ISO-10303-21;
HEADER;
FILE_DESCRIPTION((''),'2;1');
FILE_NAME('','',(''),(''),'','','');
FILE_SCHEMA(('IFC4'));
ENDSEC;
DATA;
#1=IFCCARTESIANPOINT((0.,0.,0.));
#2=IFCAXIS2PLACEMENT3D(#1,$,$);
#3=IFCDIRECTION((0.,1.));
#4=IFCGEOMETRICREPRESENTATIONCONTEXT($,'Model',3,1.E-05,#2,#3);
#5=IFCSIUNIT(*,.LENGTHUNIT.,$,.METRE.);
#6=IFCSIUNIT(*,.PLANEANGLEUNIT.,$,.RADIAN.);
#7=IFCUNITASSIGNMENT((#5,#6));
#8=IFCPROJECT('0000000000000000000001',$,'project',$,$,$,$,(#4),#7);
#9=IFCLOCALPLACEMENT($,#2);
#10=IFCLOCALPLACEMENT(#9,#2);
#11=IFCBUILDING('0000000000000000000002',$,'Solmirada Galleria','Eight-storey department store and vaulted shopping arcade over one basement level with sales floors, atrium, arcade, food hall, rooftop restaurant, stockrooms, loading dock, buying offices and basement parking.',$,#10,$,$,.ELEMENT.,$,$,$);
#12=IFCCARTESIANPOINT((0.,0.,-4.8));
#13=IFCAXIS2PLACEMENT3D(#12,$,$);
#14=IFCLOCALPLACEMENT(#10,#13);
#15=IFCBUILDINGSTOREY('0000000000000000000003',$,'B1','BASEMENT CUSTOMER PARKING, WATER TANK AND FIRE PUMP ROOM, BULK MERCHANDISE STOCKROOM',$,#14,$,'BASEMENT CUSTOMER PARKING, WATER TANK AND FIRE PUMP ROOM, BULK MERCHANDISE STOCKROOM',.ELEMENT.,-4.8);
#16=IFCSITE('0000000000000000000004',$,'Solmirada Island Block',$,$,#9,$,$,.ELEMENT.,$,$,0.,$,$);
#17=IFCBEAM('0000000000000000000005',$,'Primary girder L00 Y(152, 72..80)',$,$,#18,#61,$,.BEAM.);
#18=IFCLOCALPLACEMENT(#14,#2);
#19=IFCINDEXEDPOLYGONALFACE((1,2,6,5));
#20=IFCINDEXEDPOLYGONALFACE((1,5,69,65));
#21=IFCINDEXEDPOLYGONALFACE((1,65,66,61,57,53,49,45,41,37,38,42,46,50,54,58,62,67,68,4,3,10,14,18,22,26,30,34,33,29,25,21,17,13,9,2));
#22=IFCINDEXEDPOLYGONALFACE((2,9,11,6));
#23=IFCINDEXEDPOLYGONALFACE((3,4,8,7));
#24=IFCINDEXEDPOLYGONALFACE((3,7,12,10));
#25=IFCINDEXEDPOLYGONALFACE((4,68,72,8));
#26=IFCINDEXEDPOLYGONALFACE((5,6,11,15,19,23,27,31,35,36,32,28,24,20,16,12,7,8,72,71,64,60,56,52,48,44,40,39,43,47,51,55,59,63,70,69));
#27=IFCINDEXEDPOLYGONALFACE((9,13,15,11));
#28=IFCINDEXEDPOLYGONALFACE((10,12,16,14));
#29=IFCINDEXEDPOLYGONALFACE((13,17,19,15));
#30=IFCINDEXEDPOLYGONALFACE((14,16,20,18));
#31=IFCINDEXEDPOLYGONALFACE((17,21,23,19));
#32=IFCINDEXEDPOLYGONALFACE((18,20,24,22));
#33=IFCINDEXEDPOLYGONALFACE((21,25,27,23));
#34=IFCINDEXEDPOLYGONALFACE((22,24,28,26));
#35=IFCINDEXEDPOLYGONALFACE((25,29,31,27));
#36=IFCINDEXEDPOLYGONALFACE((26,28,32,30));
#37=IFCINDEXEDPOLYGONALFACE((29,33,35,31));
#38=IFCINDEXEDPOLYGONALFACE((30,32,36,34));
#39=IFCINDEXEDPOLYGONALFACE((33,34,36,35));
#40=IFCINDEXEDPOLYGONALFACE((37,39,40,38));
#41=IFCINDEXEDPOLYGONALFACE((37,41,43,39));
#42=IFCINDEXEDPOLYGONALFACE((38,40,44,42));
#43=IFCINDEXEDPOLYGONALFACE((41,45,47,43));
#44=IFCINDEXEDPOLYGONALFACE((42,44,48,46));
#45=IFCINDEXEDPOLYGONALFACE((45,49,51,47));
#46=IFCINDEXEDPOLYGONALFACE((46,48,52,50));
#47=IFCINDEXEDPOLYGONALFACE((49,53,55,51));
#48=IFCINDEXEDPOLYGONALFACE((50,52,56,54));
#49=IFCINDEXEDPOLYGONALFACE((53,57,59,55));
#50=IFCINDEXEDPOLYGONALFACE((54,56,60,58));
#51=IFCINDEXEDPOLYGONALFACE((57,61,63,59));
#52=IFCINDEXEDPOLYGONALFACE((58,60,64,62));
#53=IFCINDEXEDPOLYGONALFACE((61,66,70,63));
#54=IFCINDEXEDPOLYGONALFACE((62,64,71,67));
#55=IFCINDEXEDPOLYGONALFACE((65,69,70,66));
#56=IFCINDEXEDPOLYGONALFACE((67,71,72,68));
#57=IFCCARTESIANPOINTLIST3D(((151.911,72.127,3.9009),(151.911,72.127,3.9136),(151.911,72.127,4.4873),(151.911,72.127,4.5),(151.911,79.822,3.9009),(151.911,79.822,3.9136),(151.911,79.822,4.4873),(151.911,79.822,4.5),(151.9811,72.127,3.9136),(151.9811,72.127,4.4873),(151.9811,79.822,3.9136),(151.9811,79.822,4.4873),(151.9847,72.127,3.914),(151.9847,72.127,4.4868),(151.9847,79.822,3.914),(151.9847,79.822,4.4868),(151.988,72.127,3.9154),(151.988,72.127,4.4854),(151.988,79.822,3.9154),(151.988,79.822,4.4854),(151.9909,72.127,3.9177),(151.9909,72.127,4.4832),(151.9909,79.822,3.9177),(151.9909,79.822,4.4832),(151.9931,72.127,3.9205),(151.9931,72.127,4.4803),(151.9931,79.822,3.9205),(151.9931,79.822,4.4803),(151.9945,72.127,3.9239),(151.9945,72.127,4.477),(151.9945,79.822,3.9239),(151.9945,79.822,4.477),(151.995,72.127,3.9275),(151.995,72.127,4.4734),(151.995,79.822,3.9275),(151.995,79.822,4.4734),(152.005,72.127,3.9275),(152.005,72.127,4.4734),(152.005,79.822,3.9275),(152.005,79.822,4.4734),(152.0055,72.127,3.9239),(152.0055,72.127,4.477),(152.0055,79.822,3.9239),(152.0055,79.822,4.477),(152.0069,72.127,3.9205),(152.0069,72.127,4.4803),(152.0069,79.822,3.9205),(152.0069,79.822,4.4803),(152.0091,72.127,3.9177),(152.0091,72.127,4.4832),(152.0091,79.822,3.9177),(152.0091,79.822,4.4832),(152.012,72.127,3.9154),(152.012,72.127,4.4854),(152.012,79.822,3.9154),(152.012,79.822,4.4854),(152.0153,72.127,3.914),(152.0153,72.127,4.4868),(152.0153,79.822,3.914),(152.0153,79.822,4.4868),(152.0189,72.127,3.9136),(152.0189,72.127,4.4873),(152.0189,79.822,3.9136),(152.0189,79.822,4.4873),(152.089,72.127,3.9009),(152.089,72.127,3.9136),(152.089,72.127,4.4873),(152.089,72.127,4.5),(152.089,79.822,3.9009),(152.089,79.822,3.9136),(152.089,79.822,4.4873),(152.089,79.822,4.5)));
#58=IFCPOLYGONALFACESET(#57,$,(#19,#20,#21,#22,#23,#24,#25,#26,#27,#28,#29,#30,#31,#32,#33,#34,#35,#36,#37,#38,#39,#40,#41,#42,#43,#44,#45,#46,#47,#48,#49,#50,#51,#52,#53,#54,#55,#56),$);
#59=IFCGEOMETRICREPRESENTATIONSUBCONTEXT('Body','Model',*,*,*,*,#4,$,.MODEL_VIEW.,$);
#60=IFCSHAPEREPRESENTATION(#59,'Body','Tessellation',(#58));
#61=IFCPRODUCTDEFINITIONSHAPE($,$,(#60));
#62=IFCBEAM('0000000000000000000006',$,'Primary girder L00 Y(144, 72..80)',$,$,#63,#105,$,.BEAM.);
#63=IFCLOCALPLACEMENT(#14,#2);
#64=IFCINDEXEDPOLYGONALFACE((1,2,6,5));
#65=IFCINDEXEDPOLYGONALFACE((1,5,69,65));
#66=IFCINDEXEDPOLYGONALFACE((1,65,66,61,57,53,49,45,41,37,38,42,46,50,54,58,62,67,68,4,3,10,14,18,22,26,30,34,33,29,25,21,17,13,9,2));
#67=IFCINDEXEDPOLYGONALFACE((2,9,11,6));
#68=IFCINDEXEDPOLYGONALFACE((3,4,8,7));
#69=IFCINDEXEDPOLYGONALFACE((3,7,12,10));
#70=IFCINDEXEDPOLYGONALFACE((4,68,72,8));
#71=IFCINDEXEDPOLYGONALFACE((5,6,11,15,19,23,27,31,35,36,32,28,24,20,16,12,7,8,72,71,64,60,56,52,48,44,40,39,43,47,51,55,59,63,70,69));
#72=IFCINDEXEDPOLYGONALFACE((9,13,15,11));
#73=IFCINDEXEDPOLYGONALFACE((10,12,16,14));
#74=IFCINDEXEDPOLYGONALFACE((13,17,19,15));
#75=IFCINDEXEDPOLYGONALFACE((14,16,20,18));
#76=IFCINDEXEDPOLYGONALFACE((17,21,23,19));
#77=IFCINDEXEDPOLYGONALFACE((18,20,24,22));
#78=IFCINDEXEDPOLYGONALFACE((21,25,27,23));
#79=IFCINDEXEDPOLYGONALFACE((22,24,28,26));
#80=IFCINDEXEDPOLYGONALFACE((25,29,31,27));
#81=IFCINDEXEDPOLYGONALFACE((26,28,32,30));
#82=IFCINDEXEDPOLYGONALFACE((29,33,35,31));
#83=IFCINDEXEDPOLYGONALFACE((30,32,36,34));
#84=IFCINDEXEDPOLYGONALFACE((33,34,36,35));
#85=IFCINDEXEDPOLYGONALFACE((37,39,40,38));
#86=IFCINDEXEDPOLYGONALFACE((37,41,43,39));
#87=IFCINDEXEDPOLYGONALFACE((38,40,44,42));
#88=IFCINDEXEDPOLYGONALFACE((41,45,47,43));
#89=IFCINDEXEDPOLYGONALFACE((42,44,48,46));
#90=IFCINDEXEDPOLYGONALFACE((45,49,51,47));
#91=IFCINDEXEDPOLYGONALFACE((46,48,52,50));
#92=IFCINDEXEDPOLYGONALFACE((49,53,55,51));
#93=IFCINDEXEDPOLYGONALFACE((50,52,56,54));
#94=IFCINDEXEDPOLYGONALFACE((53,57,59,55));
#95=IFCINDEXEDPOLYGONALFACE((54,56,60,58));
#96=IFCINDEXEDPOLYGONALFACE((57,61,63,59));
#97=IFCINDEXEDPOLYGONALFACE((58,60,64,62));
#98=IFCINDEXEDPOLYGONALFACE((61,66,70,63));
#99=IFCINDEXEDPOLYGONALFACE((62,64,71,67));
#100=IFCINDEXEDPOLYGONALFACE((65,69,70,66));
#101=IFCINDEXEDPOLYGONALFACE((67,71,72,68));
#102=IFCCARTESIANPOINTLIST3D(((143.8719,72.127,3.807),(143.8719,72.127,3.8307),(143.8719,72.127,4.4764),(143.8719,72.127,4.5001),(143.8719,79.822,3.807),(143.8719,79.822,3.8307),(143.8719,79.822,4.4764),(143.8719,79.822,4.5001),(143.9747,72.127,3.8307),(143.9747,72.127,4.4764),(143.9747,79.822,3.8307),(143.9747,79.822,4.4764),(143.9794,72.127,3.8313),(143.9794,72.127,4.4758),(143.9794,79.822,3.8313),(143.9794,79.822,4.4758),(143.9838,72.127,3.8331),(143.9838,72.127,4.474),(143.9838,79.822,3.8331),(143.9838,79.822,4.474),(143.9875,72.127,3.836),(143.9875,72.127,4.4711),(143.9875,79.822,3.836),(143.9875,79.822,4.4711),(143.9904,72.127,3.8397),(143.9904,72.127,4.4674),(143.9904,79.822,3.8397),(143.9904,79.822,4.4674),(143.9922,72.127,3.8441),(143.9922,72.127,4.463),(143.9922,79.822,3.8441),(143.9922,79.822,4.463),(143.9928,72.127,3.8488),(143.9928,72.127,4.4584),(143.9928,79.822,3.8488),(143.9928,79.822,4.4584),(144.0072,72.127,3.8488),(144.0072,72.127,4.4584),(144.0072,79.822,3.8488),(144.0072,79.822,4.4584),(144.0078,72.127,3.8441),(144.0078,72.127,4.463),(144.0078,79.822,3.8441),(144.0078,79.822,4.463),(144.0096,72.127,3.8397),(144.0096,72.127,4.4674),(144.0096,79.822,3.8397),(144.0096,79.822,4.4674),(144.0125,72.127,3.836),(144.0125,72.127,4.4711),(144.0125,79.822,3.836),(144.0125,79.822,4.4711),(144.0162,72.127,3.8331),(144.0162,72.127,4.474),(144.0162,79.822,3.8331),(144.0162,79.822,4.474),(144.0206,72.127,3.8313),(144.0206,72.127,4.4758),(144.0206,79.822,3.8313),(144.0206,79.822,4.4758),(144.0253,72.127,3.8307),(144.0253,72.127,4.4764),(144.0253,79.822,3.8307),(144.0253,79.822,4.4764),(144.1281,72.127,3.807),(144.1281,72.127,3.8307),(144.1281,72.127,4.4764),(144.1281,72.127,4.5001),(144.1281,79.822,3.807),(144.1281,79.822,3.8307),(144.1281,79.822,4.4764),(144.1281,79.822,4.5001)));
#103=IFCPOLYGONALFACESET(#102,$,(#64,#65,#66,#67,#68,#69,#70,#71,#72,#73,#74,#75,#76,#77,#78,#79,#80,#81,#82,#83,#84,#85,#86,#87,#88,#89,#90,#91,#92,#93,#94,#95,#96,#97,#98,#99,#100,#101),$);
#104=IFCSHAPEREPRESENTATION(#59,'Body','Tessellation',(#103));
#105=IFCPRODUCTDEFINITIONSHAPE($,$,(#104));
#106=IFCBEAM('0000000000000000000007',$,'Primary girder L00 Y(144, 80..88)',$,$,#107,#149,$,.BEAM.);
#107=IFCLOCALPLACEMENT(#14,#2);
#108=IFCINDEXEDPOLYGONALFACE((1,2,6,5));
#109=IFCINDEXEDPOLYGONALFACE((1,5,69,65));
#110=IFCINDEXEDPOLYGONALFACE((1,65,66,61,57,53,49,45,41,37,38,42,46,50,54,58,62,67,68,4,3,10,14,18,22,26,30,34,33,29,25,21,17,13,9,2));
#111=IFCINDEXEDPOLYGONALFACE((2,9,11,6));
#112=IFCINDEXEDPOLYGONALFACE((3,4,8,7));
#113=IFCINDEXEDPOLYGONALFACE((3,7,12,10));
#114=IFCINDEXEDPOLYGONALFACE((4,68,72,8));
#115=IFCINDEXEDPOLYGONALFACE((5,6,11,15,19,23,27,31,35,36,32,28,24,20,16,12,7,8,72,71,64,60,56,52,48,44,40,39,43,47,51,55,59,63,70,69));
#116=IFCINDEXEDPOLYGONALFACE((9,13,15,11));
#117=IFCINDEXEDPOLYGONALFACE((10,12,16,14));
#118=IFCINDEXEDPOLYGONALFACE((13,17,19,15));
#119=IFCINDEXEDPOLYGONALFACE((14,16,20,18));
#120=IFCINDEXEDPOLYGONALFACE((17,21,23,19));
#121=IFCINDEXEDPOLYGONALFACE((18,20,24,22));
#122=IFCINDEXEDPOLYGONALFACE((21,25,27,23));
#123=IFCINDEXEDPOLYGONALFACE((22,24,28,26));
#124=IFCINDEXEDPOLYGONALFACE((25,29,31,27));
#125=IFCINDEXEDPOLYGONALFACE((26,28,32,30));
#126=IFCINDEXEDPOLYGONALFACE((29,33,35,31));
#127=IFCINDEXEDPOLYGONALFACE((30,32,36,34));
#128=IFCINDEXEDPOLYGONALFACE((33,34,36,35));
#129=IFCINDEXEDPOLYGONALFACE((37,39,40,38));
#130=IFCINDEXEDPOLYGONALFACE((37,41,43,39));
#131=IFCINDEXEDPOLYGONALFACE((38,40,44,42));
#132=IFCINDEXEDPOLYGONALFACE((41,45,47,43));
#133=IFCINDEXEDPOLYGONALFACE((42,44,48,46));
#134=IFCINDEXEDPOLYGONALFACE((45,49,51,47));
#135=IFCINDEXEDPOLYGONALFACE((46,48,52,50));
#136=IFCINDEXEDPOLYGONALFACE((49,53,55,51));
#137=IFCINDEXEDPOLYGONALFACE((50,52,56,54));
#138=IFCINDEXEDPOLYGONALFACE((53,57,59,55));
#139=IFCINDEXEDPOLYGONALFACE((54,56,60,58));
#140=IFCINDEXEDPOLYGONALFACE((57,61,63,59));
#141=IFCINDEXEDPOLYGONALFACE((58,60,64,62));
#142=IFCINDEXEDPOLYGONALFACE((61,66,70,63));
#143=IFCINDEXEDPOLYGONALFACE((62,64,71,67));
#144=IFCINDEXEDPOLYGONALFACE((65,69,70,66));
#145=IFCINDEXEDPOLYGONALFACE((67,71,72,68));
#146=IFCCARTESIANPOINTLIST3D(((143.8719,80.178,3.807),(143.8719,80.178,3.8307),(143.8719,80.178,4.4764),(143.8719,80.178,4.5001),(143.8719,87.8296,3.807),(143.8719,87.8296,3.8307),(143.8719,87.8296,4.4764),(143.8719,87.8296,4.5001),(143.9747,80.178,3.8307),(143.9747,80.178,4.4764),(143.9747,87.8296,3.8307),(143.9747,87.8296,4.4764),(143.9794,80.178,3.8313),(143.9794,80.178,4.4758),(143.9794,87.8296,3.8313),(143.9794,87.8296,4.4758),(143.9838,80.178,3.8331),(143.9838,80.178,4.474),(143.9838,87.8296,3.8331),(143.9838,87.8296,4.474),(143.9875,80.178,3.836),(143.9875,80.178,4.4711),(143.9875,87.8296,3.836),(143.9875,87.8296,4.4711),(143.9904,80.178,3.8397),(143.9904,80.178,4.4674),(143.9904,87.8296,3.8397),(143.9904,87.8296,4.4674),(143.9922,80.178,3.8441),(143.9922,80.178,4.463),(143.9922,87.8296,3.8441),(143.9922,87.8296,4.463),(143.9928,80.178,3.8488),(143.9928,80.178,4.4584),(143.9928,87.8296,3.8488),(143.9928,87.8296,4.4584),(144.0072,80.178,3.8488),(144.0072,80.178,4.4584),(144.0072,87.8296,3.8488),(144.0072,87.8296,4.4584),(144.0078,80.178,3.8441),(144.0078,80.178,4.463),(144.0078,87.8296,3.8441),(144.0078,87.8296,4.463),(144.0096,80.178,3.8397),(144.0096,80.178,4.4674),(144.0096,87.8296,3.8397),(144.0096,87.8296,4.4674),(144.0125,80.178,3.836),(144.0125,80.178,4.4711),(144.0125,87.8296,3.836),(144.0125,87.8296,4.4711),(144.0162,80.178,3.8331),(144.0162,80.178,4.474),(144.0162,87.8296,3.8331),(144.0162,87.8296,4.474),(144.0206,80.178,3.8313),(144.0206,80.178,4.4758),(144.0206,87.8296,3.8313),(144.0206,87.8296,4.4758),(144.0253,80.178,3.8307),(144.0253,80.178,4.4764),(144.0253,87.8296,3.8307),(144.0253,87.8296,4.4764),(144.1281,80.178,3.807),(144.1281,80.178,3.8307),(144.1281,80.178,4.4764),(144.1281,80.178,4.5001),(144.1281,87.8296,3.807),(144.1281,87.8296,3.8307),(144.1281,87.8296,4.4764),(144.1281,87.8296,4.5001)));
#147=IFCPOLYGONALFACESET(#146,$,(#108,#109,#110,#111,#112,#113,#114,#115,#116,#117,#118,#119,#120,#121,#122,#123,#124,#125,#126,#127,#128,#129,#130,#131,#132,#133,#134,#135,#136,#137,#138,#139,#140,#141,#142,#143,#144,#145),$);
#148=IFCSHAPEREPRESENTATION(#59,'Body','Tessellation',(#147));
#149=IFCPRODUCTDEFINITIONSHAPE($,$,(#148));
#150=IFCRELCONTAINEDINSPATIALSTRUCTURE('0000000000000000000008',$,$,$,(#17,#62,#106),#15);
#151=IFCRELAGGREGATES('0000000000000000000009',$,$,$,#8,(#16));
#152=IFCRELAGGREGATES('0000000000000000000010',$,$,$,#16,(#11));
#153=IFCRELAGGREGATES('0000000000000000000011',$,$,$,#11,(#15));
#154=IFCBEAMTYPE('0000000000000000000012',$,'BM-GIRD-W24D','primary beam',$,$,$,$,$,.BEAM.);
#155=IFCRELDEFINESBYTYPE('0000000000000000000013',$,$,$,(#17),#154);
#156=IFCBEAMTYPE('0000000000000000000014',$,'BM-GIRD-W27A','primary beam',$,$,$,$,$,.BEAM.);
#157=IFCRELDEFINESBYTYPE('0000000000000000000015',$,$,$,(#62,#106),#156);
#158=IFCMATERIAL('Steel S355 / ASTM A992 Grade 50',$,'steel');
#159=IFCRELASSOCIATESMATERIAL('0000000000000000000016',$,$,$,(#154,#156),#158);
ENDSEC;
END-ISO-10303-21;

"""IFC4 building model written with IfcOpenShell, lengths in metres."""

from ifc_helpers import new_model, si_unit, direction, frame, origin, origin_2d, place, context, subcontext, project, spatial, i_section, extrude, material, material_profile, profile_set, type_object, element, save


model = new_model("IFC4")

# Units and contexts
model_context = context("Model", 3, precision=1e-05, world=origin(), true_north=direction((0.0, 1.0)))
body_context = subcontext(model_context, "Body", "Model", "MODEL_VIEW")
ifc_project = project(units=[si_unit("LENGTHUNIT", "METRE"), si_unit("PLANEANGLEUNIT", "RADIAN")], contexts=[model_context])

# Site, building, storey
site_placement = place(None, origin())
site = spatial("IfcSite", under=ifc_project, at=site_placement, Name="Solmirada Island Block", CompositionType="ELEMENT", RefElevation=0.0)
building_placement = place(site_placement, origin())
building = spatial("IfcBuilding", under=site, at=building_placement, Name="Solmirada Galleria", Description="Eight-storey department store and vaulted shopping arcade over one basement level with sales floors, atrium, arcade, food hall, rooftop restaurant, stockrooms, loading dock, buying offices and basement parking.", CompositionType="ELEMENT")
storey_placement = place(building_placement, frame((0.0, 0.0, -4.8)))
storey = spatial("IfcBuildingStorey", under=building, at=storey_placement, Name="B1", Description="BASEMENT CUSTOMER PARKING, WATER TANK AND FIRE PUMP ROOM, BULK MERCHANDISE STOCKROOM", LongName="BASEMENT CUSTOMER PARKING, WATER TANK AND FIRE PUMP ROOM, BULK MERCHANDISE STOCKROOM", CompositionType="ELEMENT", Elevation=-4.8)

# Beams
ifc_material_1 = material(Name="Steel S355 / ASTM A992 Grade 50", Category="steel")
ifc_material_profile_1 = material_profile(ifc_material_1, i_section(OverallWidth=0.178, OverallDepth=0.5991, WebThickness=0.01, FlangeThickness=0.0127, FilletRadius=0.0139, at=origin_2d()), Name="W24X55")
ifc_profile_set_1 = profile_set([ifc_material_profile_1], Name="Steel S355 / ASTM A992 Grade 50")
beam_type_1 = type_object("IfcBeamType", Name="BM-GIRD-W24D", Description="primary beam", PredefinedType="BEAM", material=ifc_profile_set_1)
beam_1_placement = place(storey_placement, frame((152.0, 72.127, 4.2004), z_axis=(0.0, 1.0, 0.0), x_axis=(-1.0, 0.0, 0.0)))
element("IfcBeam", 1, at=beam_1_placement, inside=storey, type_object=beam_type_1, Name="Primary girder L00 Y(152, 72..80)", PredefinedType="BEAM", context=body_context, shape_type="SweptSolid", body=[
    extrude(i_section(OverallWidth=0.178, OverallDepth=0.5991, WebThickness=0.01, FlangeThickness=0.0127, FilletRadius=0.0139, at=origin_2d()), origin(), (0.0, 0.0, 1.0), 7.6951),
])
ifc_material_profile_2 = material_profile(ifc_material_1, i_section(OverallWidth=0.2561, OverallDepth=0.6931, WebThickness=0.0144, FlangeThickness=0.0237, FilletRadius=0.0181, at=origin_2d()), Name="W27X114")
ifc_profile_set_2 = profile_set([ifc_material_profile_2], Name="Steel S355 / ASTM A992 Grade 50")
beam_type_2 = type_object("IfcBeamType", Name="BM-GIRD-W27A", Description="primary beam", PredefinedType="BEAM", material=ifc_profile_set_2)
beam_2_placement = place(storey_placement, frame((144.0, 72.127, 4.1536), z_axis=(0.0, 1.0, 0.0), x_axis=(-1.0, 0.0, 0.0)))
element("IfcBeam", 2, at=beam_2_placement, inside=storey, type_object=beam_type_2, Name="Primary girder L00 Y(144, 72..80)", PredefinedType="BEAM", context=body_context, shape_type="SweptSolid", body=[
    extrude(i_section(OverallWidth=0.2561, OverallDepth=0.6931, WebThickness=0.0144, FlangeThickness=0.0237, FilletRadius=0.0181, at=origin_2d()), origin(), (0.0, 0.0, 1.0), 7.6951),
])
beam_3_placement = place(storey_placement, frame((144.0, 80.178, 4.1536), z_axis=(0.0, 1.0, 0.0), x_axis=(-1.0, 0.0, 0.0)))
element("IfcBeam", 3, at=beam_3_placement, inside=storey, type_object=beam_type_2, Name="Primary girder L00 Y(144, 80..88)", PredefinedType="BEAM", context=body_context, shape_type="SweptSolid", body=[
    extrude(i_section(OverallWidth=0.2561, OverallDepth=0.6931, WebThickness=0.0144, FlangeThickness=0.0237, FilletRadius=0.0181, at=origin_2d()), origin(), (0.0, 0.0, 1.0), 7.6516),
])

save(model, "model.ifc")
